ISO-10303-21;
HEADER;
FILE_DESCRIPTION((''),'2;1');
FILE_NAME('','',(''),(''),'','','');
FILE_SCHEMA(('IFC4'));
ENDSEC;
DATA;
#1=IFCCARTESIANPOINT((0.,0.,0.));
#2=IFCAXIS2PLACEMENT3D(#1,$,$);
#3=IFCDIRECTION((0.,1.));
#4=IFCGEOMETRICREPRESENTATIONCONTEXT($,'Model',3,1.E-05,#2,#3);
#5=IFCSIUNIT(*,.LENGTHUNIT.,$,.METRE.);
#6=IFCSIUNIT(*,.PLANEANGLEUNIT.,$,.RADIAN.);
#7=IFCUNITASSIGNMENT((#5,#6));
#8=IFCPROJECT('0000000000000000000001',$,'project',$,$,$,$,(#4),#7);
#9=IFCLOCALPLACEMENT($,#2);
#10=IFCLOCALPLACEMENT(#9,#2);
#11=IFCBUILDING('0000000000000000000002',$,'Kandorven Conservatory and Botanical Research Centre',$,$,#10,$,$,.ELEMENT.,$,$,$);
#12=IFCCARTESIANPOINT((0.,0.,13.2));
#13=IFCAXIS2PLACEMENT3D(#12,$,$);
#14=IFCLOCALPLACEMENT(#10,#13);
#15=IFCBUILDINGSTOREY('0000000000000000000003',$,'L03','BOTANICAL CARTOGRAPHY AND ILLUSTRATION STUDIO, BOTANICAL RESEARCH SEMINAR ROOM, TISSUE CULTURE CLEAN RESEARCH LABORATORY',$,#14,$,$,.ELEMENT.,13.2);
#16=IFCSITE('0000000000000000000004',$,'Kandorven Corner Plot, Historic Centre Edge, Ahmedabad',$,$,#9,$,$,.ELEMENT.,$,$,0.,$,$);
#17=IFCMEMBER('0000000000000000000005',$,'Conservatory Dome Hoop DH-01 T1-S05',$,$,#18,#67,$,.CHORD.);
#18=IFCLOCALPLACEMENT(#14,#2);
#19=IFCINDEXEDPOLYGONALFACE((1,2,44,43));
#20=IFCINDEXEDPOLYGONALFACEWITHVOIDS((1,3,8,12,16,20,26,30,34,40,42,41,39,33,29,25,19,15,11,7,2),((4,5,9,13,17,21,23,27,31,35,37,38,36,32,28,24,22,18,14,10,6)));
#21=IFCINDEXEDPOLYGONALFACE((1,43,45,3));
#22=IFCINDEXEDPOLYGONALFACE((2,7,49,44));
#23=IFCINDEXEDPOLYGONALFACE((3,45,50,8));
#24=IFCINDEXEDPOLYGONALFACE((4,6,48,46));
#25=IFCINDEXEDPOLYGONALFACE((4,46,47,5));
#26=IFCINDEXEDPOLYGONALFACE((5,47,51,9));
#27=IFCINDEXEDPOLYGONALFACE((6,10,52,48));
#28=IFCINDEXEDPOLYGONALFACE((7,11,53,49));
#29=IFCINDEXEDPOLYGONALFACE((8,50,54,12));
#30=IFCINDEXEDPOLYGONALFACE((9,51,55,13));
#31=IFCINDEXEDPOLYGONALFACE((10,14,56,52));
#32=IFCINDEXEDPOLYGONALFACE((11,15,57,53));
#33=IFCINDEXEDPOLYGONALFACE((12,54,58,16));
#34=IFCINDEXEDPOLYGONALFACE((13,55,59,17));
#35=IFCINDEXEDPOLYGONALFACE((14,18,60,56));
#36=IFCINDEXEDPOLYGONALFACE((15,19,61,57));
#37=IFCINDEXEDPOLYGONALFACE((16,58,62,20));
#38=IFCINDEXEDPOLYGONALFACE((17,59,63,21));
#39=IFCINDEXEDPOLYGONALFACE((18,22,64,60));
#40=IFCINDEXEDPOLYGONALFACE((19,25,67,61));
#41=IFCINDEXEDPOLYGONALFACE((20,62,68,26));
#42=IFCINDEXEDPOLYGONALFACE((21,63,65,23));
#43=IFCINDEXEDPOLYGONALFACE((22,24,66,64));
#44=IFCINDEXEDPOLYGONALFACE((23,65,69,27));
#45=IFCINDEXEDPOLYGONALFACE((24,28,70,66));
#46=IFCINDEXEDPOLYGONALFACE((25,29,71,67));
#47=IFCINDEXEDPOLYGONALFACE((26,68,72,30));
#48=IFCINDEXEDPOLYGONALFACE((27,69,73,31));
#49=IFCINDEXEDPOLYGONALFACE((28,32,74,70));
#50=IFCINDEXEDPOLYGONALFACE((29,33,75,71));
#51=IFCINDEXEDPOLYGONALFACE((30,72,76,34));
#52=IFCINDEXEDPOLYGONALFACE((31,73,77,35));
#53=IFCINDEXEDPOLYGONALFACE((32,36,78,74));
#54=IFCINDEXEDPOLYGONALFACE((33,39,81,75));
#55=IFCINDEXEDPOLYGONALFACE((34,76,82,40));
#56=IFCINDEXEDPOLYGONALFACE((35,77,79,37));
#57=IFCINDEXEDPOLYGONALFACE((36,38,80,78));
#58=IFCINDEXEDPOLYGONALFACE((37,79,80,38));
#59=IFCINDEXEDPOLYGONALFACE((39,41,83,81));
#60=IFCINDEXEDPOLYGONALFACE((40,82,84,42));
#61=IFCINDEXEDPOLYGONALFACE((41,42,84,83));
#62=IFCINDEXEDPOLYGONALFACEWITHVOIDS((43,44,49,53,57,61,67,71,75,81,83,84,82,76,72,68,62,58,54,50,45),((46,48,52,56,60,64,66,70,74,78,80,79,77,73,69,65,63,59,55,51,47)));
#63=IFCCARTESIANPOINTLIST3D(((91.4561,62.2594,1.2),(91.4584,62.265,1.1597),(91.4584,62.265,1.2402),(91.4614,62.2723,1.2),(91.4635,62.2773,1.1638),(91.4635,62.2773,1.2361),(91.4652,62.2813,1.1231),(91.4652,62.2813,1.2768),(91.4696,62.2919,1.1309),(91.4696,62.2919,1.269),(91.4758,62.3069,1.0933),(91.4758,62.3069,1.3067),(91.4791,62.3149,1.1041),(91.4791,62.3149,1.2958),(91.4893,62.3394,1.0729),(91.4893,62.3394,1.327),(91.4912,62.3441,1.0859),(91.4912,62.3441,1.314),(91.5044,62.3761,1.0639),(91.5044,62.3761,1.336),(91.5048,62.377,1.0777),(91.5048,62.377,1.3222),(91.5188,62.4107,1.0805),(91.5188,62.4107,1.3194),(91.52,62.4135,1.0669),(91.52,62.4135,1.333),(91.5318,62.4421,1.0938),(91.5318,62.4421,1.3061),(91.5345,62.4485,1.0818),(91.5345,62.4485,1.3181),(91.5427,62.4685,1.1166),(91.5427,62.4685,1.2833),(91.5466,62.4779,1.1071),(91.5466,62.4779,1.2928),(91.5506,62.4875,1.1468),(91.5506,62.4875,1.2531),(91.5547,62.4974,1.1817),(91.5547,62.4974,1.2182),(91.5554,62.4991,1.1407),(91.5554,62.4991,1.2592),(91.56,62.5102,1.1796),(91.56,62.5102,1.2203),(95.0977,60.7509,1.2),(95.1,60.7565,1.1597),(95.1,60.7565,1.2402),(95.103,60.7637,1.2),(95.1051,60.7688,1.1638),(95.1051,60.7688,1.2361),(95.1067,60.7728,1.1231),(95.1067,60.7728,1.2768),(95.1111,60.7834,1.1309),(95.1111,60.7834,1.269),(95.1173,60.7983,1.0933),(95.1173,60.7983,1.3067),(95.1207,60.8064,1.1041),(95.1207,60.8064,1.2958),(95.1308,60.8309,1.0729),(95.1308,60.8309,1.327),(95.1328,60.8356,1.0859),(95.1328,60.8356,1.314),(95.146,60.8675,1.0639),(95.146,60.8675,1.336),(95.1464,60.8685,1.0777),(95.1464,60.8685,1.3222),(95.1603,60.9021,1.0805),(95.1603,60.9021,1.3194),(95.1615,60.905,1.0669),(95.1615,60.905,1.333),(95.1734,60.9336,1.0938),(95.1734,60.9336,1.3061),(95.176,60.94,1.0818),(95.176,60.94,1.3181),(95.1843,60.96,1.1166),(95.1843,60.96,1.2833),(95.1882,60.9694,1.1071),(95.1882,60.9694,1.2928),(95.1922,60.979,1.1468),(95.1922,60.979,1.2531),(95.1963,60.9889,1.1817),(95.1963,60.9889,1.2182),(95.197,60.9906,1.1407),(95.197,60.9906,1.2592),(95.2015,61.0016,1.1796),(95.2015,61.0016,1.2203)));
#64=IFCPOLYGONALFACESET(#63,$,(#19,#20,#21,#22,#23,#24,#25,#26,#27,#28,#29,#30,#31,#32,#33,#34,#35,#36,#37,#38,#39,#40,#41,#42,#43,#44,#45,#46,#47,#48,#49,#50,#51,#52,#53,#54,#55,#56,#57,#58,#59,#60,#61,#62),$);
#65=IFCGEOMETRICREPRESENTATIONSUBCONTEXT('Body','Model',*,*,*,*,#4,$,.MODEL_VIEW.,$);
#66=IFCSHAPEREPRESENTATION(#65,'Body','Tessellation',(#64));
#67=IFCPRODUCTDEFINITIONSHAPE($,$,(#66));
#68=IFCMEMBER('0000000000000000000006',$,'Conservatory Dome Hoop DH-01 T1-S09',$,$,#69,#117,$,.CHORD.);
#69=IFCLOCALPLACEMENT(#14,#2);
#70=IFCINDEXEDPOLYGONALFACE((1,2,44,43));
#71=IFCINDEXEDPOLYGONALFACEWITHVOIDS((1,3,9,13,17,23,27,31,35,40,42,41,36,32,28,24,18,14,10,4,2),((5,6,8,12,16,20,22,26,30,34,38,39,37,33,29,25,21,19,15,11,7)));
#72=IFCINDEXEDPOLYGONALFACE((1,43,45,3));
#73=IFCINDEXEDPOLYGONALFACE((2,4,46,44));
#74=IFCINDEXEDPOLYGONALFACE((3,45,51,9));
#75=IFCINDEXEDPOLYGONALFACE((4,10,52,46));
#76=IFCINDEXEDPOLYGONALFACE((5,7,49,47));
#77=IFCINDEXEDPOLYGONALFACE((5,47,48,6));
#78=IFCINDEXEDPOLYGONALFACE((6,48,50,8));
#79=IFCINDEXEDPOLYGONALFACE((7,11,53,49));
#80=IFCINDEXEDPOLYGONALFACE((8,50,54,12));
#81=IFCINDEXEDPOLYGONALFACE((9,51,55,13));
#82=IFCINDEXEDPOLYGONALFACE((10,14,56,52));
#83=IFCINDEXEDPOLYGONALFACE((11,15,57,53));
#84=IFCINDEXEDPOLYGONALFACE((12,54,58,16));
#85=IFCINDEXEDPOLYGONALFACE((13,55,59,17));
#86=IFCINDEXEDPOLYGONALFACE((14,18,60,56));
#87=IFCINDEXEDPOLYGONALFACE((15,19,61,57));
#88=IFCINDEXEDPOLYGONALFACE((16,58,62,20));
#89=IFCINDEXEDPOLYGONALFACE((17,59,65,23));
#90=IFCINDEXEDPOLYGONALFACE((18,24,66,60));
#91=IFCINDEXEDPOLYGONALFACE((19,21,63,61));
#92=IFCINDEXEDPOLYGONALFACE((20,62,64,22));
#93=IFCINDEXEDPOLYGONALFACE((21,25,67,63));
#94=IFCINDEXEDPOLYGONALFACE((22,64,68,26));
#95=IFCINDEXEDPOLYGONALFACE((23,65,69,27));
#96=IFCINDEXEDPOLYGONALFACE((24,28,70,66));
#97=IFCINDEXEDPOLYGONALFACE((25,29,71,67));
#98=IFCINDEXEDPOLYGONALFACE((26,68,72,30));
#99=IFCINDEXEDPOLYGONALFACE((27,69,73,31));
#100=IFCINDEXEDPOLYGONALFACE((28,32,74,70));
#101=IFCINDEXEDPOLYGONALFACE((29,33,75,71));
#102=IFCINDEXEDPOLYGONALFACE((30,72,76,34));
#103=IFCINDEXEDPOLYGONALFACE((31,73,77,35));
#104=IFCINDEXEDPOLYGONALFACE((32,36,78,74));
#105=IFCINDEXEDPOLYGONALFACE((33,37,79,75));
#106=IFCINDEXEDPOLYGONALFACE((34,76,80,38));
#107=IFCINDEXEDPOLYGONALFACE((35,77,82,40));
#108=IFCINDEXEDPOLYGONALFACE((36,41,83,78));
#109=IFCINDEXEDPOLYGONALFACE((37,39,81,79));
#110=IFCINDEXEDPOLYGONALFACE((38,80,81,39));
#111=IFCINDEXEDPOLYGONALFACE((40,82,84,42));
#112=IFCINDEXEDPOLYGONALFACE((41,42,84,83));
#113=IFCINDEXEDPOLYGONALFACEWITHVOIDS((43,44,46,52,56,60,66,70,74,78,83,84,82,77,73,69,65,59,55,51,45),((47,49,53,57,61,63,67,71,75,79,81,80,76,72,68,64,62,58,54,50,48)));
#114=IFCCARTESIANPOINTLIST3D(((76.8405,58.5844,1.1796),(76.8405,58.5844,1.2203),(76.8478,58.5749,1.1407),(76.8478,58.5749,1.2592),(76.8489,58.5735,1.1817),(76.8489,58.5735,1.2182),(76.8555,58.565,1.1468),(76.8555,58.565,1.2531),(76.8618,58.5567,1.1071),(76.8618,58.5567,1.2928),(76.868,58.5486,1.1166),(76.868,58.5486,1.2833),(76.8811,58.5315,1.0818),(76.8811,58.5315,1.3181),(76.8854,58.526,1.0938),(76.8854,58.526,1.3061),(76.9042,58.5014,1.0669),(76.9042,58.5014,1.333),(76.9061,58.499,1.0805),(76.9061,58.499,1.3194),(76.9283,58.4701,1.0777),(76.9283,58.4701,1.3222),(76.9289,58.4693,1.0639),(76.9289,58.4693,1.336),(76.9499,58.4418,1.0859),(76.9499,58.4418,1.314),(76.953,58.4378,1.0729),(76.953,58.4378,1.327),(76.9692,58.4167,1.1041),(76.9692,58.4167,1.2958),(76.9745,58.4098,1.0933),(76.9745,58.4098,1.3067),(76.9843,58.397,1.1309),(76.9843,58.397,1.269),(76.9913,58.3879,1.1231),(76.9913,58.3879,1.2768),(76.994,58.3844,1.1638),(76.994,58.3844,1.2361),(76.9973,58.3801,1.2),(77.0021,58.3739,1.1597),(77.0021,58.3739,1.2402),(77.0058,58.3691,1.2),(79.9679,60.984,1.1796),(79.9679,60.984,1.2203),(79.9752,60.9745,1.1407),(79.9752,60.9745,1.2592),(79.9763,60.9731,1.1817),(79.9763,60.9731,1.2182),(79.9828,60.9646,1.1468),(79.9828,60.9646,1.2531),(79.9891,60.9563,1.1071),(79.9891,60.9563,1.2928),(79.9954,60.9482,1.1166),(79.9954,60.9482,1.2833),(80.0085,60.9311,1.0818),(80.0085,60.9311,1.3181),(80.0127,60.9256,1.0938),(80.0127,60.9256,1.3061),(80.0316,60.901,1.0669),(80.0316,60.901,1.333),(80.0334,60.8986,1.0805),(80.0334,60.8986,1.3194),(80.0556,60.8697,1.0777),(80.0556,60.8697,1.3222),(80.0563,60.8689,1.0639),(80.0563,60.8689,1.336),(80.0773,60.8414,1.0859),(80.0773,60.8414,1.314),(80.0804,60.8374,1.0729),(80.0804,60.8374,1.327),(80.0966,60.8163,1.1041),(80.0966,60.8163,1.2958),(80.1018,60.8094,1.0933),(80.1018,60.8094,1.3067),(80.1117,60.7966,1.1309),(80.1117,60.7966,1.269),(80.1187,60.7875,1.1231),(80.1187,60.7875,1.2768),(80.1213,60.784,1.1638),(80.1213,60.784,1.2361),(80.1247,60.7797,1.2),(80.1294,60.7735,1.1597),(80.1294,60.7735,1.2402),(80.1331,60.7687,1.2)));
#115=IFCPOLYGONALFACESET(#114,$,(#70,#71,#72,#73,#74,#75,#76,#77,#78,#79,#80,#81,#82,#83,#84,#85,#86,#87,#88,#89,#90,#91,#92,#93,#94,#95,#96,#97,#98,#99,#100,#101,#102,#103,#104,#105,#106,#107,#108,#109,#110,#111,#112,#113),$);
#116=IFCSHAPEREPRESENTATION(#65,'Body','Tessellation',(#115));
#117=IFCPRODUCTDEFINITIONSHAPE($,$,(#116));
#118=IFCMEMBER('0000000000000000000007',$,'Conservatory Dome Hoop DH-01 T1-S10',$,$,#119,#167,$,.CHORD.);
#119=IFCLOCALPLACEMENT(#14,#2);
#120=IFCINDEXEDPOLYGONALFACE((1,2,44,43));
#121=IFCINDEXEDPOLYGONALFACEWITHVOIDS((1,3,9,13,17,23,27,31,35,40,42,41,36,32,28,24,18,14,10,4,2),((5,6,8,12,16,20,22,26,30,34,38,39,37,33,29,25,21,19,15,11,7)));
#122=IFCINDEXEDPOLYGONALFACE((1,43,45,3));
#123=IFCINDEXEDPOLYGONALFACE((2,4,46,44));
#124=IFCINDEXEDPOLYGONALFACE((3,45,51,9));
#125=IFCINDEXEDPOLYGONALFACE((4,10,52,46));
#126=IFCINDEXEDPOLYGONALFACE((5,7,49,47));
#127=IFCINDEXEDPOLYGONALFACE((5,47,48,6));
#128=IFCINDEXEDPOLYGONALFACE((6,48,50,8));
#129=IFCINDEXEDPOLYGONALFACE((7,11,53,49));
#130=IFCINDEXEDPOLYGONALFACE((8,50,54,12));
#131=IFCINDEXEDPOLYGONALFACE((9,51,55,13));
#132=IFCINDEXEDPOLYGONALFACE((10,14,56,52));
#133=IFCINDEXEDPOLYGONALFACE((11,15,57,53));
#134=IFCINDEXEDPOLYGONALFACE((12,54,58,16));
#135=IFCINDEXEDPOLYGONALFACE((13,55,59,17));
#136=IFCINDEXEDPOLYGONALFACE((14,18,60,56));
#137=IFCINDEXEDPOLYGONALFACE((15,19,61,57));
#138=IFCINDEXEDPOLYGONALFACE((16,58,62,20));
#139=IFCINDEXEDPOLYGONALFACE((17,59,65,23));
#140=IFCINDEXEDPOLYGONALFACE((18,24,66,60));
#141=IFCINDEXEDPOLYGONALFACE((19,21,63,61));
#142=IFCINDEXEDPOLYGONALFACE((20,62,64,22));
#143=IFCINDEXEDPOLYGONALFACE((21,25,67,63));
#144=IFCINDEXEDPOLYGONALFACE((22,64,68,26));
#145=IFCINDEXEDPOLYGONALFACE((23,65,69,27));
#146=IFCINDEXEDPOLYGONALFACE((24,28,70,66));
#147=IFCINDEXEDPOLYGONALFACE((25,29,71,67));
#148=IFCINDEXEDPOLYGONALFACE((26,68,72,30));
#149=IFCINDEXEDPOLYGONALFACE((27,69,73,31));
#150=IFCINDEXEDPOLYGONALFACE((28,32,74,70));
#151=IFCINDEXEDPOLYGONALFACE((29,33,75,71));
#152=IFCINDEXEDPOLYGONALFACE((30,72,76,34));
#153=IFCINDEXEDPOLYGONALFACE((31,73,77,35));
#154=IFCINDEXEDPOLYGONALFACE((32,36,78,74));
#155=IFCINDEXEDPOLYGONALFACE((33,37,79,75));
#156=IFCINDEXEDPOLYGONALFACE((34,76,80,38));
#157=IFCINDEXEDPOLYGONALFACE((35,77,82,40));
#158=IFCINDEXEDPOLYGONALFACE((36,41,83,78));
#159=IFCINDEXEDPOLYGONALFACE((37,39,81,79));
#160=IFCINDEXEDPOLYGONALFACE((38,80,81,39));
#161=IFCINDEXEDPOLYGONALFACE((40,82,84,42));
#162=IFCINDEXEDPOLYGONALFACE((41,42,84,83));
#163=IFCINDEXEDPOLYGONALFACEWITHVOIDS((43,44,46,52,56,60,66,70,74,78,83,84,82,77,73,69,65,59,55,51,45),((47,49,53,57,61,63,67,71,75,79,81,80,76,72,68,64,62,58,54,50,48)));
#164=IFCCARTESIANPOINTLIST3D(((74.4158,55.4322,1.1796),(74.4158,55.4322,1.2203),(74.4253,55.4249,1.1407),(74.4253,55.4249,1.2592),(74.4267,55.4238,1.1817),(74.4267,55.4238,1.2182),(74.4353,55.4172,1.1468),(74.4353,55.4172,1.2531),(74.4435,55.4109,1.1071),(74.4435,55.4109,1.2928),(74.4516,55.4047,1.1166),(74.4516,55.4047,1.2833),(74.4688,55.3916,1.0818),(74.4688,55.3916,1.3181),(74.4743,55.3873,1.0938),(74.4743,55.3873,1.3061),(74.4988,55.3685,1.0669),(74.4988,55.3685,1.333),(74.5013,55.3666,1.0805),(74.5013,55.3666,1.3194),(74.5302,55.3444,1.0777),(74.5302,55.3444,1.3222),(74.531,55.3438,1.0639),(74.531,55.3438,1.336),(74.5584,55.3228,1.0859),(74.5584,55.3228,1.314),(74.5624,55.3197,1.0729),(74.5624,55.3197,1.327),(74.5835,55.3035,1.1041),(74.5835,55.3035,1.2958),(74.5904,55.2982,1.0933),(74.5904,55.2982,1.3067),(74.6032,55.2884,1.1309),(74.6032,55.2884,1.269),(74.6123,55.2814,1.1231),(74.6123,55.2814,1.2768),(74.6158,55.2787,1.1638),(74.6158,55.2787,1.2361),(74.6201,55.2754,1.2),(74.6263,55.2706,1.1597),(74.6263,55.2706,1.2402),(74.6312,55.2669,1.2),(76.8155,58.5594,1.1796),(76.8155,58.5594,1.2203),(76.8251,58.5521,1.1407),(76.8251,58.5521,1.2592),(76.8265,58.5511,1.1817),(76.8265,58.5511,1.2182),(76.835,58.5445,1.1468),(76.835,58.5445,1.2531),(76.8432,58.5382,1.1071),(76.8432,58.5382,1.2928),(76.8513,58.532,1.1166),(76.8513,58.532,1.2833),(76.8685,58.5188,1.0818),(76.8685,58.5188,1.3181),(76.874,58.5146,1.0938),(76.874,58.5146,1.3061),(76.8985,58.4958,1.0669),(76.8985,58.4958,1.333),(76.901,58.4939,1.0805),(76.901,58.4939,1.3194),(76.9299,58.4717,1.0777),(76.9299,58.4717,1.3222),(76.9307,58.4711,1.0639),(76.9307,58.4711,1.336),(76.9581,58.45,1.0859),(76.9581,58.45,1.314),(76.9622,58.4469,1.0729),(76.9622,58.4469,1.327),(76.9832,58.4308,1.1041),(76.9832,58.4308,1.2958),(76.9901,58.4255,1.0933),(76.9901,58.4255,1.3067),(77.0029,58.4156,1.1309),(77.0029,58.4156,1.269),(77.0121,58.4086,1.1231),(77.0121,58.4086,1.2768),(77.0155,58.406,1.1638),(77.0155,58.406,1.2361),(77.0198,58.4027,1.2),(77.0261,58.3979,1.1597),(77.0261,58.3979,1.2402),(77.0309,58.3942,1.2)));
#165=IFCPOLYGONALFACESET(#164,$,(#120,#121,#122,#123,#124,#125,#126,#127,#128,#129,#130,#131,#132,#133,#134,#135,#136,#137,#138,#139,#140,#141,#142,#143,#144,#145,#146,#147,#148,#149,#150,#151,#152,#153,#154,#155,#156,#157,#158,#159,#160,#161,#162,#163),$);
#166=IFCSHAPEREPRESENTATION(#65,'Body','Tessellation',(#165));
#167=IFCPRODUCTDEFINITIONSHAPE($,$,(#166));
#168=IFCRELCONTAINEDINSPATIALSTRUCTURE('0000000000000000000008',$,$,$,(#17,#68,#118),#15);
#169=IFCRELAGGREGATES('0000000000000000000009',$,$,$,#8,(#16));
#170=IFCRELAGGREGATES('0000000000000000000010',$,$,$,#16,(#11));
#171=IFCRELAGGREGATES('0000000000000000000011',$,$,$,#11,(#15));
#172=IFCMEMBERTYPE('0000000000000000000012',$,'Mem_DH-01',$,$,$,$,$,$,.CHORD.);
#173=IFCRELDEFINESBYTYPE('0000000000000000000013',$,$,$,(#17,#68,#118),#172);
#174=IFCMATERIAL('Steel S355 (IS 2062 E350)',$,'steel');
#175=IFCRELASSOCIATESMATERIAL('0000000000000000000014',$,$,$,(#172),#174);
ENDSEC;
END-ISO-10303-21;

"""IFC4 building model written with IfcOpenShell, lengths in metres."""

from ifc_helpers import new_model, si_unit, direction, frame, origin, origin_2d, place, context, subcontext, project, spatial, hollow_circle, extrude, material, material_profile, profile_set, type_object, element, save


model = new_model("IFC4")

# Units and contexts
model_context = context("Model", 3, precision=1e-05, world=origin(), true_north=direction((0.0, 1.0)))
body_context = subcontext(model_context, "Body", "Model", "MODEL_VIEW")
ifc_project = project(units=[si_unit("LENGTHUNIT", "METRE"), si_unit("PLANEANGLEUNIT", "RADIAN")], contexts=[model_context])

# Site, building, storey
site_placement = place(None, origin())
site = spatial("IfcSite", under=ifc_project, at=site_placement, Name="Kandorven Corner Plot, Historic Centre Edge, Ahmedabad", CompositionType="ELEMENT", RefElevation=0.0)
building_placement = place(site_placement, origin())
building = spatial("IfcBuilding", under=site, at=building_placement, Name="Kandorven Conservatory and Botanical Research Centre", CompositionType="ELEMENT")
storey_placement = place(building_placement, frame((0.0, 0.0, 13.2)))
storey = spatial("IfcBuildingStorey", under=building, at=storey_placement, Name="L03", Description="BOTANICAL CARTOGRAPHY AND ILLUSTRATION STUDIO, BOTANICAL RESEARCH SEMINAR ROOM, TISSUE CULTURE CLEAN RESEARCH LABORATORY", CompositionType="ELEMENT", Elevation=13.2)

# Members
ifc_material_1 = material(Name="Steel S355 (IS 2062 E350)", Category="steel")
ifc_material_profile_1 = material_profile(ifc_material_1, hollow_circle(Radius=0.1365, WallThickness=0.0139, at=origin_2d()))
ifc_profile_set_1 = profile_set([ifc_material_profile_1], Name="Steel S355 (IS 2062 E350)")
member_type_1 = type_object("IfcMemberType", Name="Mem_DH-01", PredefinedType="CHORD", material=ifc_profile_set_1)
member_1_placement = place(storey_placement, frame((95.1499, 60.877, 1.2), z_axis=(-0.923867, 0.382715, 0.0), x_axis=(-0.382715, -0.923867, 0.0)))
element("IfcMember", 1, at=member_1_placement, inside=storey, type_object=member_type_1, Name="Conservatory Dome Hoop DH-01 T1-S05", PredefinedType="CHORD", context=body_context, shape_type="SweptSolid", body=[
    extrude(hollow_circle(Radius=0.1365, WallThickness=0.0139, at=origin_2d()), origin(), (0.0, 0.0, 1.0), 3.9417),
])
for number, where, z_axis, x_axis, name in (
    (2, (80.05, 60.877, 1.2), (-0.793367, -0.608744, 0.0), (0.608744, -0.793367, 0.0), "Conservatory Dome Hoop DH-01 T1-S09"),
    (3, (76.9226, 58.4773, 1.2), (-0.608773, -0.793344, 0.0), (0.793344, -0.608773, 0.0), "Conservatory Dome Hoop DH-01 T1-S10"),
):
    element("IfcMember", number, at=place(storey_placement, frame(where, z_axis=z_axis, x_axis=x_axis)), inside=storey, type_object=member_type_1, Name=name, PredefinedType="CHORD", context=body_context, shape_type="SweptSolid", body=[
        extrude(hollow_circle(Radius=0.1365, WallThickness=0.0139, at=origin_2d()), origin(), (0.0, 0.0, 1.0), 3.9419),
    ])

save(model, "model.ifc")
